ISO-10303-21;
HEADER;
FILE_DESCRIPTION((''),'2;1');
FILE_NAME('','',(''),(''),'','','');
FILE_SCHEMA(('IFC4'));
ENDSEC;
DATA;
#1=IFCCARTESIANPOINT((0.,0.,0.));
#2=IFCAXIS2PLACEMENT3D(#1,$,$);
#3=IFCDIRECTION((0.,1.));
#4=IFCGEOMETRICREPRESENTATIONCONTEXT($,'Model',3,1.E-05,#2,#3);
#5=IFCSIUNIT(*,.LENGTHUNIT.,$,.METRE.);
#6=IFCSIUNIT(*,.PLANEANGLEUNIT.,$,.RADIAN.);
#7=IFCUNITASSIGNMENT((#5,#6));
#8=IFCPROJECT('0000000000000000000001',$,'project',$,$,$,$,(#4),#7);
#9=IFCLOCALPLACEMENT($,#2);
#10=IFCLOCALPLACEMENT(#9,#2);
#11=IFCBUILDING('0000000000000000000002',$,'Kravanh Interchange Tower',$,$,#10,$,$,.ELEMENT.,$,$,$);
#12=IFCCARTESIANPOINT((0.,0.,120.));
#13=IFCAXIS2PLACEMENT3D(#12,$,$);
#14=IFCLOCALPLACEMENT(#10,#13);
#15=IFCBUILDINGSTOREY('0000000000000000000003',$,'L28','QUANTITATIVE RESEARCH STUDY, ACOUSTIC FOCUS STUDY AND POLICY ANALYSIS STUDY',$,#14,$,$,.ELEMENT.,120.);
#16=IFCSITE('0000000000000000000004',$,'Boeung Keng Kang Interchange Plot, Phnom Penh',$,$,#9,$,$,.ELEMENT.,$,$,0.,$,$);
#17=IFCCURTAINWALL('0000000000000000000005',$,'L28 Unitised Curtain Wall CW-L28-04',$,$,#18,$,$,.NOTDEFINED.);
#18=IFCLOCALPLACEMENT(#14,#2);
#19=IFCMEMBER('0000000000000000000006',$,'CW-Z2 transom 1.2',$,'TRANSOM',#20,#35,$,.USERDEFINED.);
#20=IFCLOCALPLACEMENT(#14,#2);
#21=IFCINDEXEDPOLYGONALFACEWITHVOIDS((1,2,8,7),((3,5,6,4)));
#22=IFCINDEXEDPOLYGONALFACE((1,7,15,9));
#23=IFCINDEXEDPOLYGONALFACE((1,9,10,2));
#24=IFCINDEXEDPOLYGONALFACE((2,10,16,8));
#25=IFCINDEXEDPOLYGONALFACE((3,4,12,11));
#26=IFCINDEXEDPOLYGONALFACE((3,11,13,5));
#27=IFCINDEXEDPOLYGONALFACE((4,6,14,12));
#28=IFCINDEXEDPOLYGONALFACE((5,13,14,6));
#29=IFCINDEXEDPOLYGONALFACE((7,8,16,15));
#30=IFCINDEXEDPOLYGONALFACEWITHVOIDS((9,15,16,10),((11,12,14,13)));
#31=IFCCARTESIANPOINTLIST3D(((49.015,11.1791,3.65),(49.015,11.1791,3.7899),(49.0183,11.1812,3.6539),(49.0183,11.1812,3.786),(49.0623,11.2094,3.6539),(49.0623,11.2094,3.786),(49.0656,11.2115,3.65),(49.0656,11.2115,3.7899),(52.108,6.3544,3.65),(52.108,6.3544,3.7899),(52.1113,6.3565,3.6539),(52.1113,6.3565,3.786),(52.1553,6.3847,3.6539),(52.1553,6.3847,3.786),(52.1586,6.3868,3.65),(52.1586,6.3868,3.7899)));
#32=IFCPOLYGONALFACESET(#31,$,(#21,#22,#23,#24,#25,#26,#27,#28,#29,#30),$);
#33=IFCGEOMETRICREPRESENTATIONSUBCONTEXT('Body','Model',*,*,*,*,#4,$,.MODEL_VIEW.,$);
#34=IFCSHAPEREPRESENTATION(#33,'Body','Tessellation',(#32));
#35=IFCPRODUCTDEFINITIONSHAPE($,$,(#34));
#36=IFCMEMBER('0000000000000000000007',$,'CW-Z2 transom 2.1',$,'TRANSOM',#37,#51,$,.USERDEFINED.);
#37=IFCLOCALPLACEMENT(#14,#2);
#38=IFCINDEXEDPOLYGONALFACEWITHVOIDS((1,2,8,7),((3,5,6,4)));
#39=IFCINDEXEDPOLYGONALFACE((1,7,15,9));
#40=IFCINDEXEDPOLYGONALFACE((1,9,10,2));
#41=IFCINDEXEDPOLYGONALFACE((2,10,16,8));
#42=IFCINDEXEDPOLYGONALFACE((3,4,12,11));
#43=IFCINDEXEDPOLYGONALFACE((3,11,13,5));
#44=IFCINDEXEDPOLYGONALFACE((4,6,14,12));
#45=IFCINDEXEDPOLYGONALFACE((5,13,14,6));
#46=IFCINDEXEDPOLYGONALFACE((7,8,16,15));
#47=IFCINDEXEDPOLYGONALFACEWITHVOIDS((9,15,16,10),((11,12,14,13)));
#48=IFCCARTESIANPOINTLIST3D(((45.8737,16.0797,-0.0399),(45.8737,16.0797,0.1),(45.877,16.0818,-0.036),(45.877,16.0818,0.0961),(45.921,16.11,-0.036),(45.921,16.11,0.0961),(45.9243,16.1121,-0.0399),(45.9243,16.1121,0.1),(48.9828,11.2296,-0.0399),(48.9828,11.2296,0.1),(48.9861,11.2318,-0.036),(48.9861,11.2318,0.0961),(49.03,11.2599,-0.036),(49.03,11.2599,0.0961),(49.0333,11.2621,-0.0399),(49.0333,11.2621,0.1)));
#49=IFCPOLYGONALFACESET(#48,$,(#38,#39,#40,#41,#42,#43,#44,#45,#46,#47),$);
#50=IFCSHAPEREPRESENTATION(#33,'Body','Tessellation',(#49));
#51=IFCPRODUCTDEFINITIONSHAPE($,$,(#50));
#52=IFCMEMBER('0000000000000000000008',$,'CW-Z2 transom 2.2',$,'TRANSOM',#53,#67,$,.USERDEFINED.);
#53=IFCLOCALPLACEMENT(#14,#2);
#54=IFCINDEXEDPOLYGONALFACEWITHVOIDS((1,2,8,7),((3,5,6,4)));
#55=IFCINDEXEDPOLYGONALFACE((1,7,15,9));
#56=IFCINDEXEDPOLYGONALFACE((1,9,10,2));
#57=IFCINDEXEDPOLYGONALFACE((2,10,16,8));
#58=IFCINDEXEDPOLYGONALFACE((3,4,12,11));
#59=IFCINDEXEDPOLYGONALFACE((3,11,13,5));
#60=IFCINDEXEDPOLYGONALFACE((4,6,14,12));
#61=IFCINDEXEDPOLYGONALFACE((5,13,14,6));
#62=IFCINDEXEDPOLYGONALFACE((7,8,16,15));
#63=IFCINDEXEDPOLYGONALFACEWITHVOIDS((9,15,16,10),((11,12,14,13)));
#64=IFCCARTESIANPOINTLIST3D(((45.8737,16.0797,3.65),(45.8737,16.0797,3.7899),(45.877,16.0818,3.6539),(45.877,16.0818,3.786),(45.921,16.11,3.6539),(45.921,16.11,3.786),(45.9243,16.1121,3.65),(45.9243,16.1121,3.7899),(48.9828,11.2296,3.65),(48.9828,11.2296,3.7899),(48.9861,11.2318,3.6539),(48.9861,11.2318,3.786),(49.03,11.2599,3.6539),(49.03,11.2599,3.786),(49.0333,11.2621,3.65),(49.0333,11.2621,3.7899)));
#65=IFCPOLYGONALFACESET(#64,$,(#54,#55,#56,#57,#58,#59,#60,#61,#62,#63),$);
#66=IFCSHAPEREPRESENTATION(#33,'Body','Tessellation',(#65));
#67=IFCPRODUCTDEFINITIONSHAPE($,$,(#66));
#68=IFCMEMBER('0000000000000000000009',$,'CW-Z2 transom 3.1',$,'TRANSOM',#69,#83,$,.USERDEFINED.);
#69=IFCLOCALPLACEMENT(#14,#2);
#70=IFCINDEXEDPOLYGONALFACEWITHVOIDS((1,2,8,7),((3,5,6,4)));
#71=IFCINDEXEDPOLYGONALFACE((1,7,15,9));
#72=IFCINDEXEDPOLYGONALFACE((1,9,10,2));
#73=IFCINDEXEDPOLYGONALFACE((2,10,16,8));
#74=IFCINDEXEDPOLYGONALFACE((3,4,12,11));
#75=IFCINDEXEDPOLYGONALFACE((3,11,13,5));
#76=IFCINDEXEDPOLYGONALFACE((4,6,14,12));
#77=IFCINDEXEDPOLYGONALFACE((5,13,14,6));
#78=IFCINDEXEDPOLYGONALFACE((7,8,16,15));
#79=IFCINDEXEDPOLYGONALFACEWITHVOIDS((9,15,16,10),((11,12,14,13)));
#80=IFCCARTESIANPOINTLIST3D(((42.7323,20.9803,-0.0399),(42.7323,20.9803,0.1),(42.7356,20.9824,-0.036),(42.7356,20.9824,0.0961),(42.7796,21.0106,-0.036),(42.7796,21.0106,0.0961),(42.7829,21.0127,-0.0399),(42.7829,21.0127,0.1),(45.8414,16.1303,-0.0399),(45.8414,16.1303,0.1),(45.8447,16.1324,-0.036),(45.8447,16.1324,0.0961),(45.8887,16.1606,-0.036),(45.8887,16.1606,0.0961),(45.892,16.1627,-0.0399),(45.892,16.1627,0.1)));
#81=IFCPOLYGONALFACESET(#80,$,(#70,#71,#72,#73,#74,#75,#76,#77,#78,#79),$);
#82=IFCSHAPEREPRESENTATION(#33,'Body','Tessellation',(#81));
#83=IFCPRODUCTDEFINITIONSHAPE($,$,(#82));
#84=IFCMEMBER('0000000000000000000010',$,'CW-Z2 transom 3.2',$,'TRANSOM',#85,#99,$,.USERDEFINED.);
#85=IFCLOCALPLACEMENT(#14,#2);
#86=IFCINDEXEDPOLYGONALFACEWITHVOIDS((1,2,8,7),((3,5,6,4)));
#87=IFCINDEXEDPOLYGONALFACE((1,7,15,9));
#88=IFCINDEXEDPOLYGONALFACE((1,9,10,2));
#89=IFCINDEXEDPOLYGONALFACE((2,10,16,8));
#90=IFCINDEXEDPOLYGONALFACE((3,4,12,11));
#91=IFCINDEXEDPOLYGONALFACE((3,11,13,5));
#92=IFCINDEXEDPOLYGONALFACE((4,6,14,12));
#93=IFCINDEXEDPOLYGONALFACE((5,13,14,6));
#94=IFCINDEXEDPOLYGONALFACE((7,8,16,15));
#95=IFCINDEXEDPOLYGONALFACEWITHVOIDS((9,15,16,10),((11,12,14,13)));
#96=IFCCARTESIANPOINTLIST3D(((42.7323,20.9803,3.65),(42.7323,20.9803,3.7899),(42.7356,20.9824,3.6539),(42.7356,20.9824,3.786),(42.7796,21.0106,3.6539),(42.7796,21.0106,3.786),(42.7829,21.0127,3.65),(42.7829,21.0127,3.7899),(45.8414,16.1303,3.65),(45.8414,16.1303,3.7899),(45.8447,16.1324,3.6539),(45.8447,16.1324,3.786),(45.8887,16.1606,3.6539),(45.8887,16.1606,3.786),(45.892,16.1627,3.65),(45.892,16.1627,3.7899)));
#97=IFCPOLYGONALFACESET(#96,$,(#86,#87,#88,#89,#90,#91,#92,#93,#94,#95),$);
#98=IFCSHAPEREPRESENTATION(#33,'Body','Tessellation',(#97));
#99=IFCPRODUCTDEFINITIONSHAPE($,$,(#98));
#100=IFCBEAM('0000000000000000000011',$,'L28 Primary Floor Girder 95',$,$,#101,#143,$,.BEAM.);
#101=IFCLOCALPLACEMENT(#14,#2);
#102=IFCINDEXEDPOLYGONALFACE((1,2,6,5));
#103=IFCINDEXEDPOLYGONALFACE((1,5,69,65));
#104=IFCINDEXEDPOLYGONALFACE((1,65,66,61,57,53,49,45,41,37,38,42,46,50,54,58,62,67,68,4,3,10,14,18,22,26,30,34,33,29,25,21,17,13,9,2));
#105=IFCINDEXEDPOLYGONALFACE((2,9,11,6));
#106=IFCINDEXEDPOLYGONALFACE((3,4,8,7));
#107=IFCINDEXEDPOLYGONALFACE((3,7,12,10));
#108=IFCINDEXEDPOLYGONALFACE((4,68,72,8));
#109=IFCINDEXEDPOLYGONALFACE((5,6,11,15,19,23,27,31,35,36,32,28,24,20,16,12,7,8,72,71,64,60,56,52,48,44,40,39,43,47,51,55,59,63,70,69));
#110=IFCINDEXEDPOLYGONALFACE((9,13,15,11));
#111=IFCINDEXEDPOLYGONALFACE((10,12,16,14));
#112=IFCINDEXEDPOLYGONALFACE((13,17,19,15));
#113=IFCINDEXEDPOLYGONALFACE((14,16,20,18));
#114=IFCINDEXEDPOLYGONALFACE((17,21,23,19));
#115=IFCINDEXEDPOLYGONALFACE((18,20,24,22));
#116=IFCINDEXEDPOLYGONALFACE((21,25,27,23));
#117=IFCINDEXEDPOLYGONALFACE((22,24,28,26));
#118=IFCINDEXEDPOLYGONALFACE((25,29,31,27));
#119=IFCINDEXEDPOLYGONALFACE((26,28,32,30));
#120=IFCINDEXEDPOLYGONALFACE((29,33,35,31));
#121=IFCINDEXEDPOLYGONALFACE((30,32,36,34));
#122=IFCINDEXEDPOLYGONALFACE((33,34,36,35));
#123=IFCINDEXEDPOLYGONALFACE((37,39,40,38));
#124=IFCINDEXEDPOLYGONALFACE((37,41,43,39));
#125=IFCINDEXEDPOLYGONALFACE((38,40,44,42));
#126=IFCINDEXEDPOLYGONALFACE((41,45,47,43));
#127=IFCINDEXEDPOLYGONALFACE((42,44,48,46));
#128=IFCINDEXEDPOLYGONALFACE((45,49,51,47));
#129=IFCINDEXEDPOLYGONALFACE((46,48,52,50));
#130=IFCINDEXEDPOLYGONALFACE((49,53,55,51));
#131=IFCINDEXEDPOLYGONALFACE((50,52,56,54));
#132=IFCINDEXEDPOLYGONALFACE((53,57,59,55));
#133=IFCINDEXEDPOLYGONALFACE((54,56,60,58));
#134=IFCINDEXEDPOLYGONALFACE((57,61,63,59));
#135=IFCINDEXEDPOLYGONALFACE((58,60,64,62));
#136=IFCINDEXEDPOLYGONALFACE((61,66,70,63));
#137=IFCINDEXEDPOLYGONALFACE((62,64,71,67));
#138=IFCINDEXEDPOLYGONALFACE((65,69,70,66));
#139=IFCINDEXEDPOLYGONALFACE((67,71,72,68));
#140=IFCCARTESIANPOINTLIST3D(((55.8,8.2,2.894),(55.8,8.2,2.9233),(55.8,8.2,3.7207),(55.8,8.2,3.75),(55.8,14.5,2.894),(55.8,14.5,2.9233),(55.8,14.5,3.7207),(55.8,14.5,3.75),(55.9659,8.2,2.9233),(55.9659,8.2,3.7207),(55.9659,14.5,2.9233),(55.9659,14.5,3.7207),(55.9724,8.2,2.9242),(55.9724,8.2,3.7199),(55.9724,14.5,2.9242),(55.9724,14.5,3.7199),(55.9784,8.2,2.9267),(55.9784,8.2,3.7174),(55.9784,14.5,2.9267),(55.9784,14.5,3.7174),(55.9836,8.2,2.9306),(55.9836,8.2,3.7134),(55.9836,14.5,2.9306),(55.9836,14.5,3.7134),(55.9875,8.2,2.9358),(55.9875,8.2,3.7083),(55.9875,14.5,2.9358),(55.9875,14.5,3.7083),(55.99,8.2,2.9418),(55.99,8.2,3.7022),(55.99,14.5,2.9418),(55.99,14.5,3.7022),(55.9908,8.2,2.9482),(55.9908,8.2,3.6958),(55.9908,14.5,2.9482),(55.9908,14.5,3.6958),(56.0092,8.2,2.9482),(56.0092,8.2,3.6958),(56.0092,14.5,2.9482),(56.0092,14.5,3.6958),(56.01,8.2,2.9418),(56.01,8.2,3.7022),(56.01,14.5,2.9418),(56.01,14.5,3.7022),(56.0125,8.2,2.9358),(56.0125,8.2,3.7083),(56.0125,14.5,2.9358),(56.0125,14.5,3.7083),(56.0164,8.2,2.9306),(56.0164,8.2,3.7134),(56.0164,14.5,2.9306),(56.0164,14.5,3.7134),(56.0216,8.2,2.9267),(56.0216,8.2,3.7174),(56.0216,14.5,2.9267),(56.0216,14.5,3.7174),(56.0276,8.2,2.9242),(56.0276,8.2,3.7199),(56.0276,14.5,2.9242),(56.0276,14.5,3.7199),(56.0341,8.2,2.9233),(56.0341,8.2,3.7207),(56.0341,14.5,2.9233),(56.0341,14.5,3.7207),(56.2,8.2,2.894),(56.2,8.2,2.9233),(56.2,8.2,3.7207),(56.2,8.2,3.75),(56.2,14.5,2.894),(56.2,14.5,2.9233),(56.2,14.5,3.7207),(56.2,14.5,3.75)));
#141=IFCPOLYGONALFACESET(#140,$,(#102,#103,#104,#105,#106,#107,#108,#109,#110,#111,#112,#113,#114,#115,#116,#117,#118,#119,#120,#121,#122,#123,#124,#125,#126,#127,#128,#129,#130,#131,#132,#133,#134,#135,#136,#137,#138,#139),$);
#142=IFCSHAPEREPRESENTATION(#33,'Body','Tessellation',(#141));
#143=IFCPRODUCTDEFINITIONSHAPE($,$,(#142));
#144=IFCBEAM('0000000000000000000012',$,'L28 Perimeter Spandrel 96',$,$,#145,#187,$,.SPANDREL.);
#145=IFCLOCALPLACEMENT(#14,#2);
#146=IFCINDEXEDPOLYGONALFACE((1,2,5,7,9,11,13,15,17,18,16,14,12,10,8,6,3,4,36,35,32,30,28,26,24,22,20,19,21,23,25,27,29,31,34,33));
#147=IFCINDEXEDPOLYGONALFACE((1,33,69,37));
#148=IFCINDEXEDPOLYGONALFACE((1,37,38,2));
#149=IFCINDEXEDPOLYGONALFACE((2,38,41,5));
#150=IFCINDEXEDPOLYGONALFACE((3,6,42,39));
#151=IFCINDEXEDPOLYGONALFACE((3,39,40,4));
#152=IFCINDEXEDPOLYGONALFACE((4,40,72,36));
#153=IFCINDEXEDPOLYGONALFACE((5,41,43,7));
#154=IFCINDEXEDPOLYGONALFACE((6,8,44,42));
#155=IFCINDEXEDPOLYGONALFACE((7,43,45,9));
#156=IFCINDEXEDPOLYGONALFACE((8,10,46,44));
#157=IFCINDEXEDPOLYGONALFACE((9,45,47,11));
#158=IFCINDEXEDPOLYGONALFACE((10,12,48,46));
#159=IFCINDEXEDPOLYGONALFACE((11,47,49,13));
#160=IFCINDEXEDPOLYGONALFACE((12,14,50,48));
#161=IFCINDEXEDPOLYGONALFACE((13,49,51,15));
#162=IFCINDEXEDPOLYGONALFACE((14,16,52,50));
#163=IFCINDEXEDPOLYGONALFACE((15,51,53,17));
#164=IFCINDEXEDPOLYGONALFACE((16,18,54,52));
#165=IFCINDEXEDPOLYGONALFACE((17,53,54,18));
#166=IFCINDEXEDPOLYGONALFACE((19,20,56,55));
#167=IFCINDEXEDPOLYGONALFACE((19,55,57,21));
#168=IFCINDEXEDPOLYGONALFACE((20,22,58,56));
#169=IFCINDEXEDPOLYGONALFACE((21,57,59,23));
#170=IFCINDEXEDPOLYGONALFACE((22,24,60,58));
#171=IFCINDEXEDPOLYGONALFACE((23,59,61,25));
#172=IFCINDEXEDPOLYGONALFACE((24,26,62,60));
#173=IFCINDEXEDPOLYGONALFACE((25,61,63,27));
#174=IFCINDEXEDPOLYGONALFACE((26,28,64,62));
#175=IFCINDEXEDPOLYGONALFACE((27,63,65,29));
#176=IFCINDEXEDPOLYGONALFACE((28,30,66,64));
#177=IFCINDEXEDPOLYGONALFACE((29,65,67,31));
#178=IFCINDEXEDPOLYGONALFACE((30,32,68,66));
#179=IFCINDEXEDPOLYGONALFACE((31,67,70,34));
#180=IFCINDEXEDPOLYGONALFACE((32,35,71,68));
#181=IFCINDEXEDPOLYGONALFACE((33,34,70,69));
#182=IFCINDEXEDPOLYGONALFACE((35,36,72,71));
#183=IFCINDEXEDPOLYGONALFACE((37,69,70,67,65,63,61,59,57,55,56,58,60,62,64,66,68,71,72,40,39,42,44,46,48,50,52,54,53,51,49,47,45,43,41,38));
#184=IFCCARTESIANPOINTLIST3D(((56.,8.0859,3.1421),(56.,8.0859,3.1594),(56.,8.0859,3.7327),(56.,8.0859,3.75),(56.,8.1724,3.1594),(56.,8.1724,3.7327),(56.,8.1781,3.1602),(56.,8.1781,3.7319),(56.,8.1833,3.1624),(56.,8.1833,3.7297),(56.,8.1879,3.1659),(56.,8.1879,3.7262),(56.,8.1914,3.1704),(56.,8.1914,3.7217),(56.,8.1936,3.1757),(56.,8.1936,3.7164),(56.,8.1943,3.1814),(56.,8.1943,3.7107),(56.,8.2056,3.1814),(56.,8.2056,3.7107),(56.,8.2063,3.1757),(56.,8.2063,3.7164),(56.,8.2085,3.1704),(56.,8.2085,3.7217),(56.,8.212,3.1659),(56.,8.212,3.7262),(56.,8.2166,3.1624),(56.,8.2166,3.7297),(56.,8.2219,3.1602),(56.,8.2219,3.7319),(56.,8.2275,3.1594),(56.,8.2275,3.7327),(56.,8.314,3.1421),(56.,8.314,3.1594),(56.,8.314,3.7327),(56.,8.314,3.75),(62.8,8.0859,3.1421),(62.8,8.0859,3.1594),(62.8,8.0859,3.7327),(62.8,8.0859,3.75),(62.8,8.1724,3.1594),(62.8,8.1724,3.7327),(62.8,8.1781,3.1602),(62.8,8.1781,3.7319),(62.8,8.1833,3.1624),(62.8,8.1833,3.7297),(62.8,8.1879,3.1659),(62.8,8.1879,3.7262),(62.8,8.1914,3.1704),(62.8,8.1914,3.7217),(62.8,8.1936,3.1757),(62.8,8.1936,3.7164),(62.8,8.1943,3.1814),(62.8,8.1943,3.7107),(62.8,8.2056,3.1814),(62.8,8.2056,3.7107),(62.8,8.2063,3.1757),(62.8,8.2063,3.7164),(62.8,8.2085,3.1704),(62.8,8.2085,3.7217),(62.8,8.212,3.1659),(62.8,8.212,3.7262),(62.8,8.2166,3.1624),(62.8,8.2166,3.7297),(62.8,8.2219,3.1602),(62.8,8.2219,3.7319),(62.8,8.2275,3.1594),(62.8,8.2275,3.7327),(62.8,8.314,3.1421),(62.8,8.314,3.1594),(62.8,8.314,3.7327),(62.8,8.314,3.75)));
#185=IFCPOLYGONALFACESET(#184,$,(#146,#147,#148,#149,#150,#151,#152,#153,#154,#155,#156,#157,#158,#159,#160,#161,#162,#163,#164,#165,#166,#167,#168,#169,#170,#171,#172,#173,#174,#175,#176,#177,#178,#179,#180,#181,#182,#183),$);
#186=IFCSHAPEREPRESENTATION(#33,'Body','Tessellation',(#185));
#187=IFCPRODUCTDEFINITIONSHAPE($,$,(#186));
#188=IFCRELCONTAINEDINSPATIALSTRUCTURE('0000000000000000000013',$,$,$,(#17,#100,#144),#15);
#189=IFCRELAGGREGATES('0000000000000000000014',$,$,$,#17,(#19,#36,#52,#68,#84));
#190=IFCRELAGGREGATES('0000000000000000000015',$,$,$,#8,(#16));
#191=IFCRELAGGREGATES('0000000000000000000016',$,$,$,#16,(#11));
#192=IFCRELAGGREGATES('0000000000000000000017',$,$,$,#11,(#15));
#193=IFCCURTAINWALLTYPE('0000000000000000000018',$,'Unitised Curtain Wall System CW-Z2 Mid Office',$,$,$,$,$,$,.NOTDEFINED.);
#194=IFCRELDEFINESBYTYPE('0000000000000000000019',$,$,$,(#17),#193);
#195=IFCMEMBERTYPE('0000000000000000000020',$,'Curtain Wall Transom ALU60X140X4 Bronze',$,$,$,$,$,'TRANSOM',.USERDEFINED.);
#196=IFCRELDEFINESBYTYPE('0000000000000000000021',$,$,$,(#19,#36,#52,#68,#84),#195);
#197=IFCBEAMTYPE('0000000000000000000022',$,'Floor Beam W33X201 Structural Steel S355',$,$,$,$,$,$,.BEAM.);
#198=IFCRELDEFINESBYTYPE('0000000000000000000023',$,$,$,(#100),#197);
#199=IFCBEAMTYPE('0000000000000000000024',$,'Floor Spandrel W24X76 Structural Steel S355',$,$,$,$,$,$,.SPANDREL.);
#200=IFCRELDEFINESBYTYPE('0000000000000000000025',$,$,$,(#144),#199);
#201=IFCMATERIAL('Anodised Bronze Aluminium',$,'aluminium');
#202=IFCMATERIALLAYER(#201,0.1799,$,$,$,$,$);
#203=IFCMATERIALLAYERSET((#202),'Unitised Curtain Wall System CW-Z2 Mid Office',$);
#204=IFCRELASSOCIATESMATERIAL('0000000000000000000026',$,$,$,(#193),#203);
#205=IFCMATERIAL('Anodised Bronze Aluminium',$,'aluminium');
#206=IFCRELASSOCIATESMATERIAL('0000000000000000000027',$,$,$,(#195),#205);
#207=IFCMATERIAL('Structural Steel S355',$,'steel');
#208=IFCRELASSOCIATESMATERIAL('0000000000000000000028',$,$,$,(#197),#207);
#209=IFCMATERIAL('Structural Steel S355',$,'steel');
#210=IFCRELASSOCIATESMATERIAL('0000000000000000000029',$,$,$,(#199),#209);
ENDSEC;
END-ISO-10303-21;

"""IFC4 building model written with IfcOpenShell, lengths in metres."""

from ifc_helpers import new_model, si_unit, direction, frame, origin, origin_2d, place, context, subcontext, project, spatial, hollow_rectangle, i_section, extrude, material, layer, layer_set, material_profile, profile_set, type_object, element, aggregate, save


model = new_model("IFC4")

# Units and contexts
model_context = context("Model", 3, precision=1e-05, world=origin(), true_north=direction((0.0, 1.0)))
body_context = subcontext(model_context, "Body", "Model", "MODEL_VIEW")
ifc_project = project(units=[si_unit("LENGTHUNIT", "METRE"), si_unit("PLANEANGLEUNIT", "RADIAN")], contexts=[model_context])

# Site, building, storey
site_placement = place(None, origin())
site = spatial("IfcSite", under=ifc_project, at=site_placement, Name="Boeung Keng Kang Interchange Plot, Phnom Penh", CompositionType="ELEMENT", RefElevation=0.0)
building_placement = place(site_placement, origin())
building = spatial("IfcBuilding", under=site, at=building_placement, Name="Kravanh Interchange Tower", CompositionType="ELEMENT")
storey_placement = place(building_placement, frame((0.0, 0.0, 120.0)))
storey = spatial("IfcBuildingStorey", under=building, at=storey_placement, Name="L28", Description="QUANTITATIVE RESEARCH STUDY, ACOUSTIC FOCUS STUDY AND POLICY ANALYSIS STUDY", CompositionType="ELEMENT", Elevation=120.0)

# Shared definitions
ifc_material_1 = material(Name="Anodised Bronze Aluminium", Category="aluminium")
ifc_layer_1 = layer(ifc_material_1, 0.1799)
ifc_layer_set_1 = layer_set([ifc_layer_1], Name="Unitised Curtain Wall System CW-Z2 Mid Office")
curtain_wall_type = type_object("IfcCurtainWallType", Name="Unitised Curtain Wall System CW-Z2 Mid Office", PredefinedType="NOTDEFINED", material=ifc_layer_set_1)

# Curtain wall, members
curtain_wall_1_placement = place(storey_placement, origin())
curtain_wall_1 = element("IfcCurtainWall", 1, at=curtain_wall_1_placement, inside=storey, type_object=curtain_wall_type, Name="L28 Unitised Curtain Wall CW-L28-04", PredefinedType="NOTDEFINED")
ifc_material_2 = material(Name="Anodised Bronze Aluminium", Category="aluminium")
ifc_material_profile_1 = material_profile(ifc_material_2, hollow_rectangle(XDim=0.0601, YDim=0.1399, WallThickness=0.0039, at=origin_2d()), Name="ALU60X140X4")
ifc_profile_set_1 = profile_set([ifc_material_profile_1], Name="Anodised Bronze Aluminium")
member_type_1 = type_object("IfcMemberType", Name="Curtain Wall Transom ALU60X140X4 Bronze", ElementType="TRANSOM", PredefinedType="USERDEFINED", material=ifc_profile_set_1)
member_1_placement = place(storey_placement, frame((52.1333, 6.3706, 3.72), z_axis=(-0.539698, 0.841859, 0.0), x_axis=(-0.841859, -0.539698, 0.0)))
member_1 = element("IfcMember", 2, at=member_1_placement, type_object=member_type_1, Name="CW-Z2 transom 1.2", ObjectType="TRANSOM", PredefinedType="USERDEFINED", context=body_context, shape_type="SweptSolid", body=[
    extrude(hollow_rectangle(XDim=0.0601, YDim=0.1399, WallThickness=0.0039, at=origin_2d()), origin(), (0.0, 0.0, 1.0), 5.731),
])
member_2_placement = place(storey_placement, frame((49.0081, 11.2458, 0.03), z_axis=(-0.539678, 0.841872, 0.0), x_axis=(-0.841872, -0.539678, 0.0)))
member_2 = element("IfcMember", 3, at=member_2_placement, type_object=member_type_1, Name="CW-Z2 transom 2.1", ObjectType="TRANSOM", PredefinedType="USERDEFINED", context=body_context, shape_type="SweptSolid", body=[
    extrude(hollow_rectangle(XDim=0.0601, YDim=0.1399, WallThickness=0.0039, at=origin_2d()), origin(), (0.0, 0.0, 1.0), 5.761),
])
member_3_placement = place(storey_placement, frame((49.0081, 11.2458, 3.72), z_axis=(-0.539678, 0.841872, 0.0), x_axis=(-0.841872, -0.539678, 0.0)))
member_3 = element("IfcMember", 4, at=member_3_placement, type_object=member_type_1, Name="CW-Z2 transom 2.2", ObjectType="TRANSOM", PredefinedType="USERDEFINED", context=body_context, shape_type="SweptSolid", body=[
    extrude(hollow_rectangle(XDim=0.0601, YDim=0.1399, WallThickness=0.0039, at=origin_2d()), origin(), (0.0, 0.0, 1.0), 5.761),
])
member_4_placement = place(storey_placement, frame((45.8667, 16.1465, 0.03), z_axis=(-0.539678, 0.841872, 0.0), x_axis=(-0.841872, -0.539678, 0.0)))
member_4 = element("IfcMember", 5, at=member_4_placement, type_object=member_type_1, Name="CW-Z2 transom 3.1", ObjectType="TRANSOM", PredefinedType="USERDEFINED", context=body_context, shape_type="SweptSolid", body=[
    extrude(hollow_rectangle(XDim=0.0601, YDim=0.1399, WallThickness=0.0039, at=origin_2d()), origin(), (0.0, 0.0, 1.0), 5.761),
])
member_5_placement = place(storey_placement, frame((45.8667, 16.1465, 3.72), z_axis=(-0.539678, 0.841872, 0.0), x_axis=(-0.841872, -0.539678, 0.0)))
member_5 = element("IfcMember", 6, at=member_5_placement, type_object=member_type_1, Name="CW-Z2 transom 3.2", ObjectType="TRANSOM", PredefinedType="USERDEFINED", context=body_context, shape_type="SweptSolid", body=[
    extrude(hollow_rectangle(XDim=0.0601, YDim=0.1399, WallThickness=0.0039, at=origin_2d()), origin(), (0.0, 0.0, 1.0), 5.761),
])

# Beams
ifc_material_3 = material(Name="Structural Steel S355", Category="steel")
ifc_material_profile_2 = material_profile(ifc_material_3, i_section(OverallWidth=0.3999, OverallDepth=0.856, WebThickness=0.0183, FlangeThickness=0.0293, FilletRadius=0.0249, at=origin_2d()), Name="W33X201")
ifc_profile_set_2 = profile_set([ifc_material_profile_2], Name="Structural Steel S355")
beam_type_1 = type_object("IfcBeamType", Name="Floor Beam W33X201 Structural Steel S355", PredefinedType="BEAM", material=ifc_profile_set_2)
beam_1_placement = place(storey_placement, frame((56.0, 8.2, 3.322), z_axis=(0.0, 1.0, 0.0), x_axis=(-1.0, 0.0, 0.0)))
element("IfcBeam", 7, at=beam_1_placement, inside=storey, type_object=beam_type_1, Name="L28 Primary Floor Girder 95", PredefinedType="BEAM", context=body_context, shape_type="SweptSolid", body=[
    extrude(i_section(OverallWidth=0.3999, OverallDepth=0.856, WebThickness=0.0183, FlangeThickness=0.0293, FilletRadius=0.0249, at=origin_2d()), origin(), (0.0, 0.0, 1.0), 6.3),
])
ifc_material_4 = material(Name="Structural Steel S355", Category="steel")
ifc_material_profile_3 = material_profile(ifc_material_4, i_section(OverallWidth=0.228, OverallDepth=0.6079, WebThickness=0.0112, FlangeThickness=0.0173, FilletRadius=0.022, at=origin_2d()), Name="W24X76")
ifc_profile_set_3 = profile_set([ifc_material_profile_3], Name="Structural Steel S355")
beam_type_2 = type_object("IfcBeamType", Name="Floor Spandrel W24X76 Structural Steel S355", PredefinedType="SPANDREL", material=ifc_profile_set_3)
beam_2_placement = place(storey_placement, frame((56.0, 8.2, 3.446), z_axis=(1.0, 0.0, 0.0), x_axis=(0.0, 1.0, 0.0)))
element("IfcBeam", 8, at=beam_2_placement, inside=storey, type_object=beam_type_2, Name="L28 Perimeter Spandrel 96", PredefinedType="SPANDREL", context=body_context, shape_type="SweptSolid", body=[
    extrude(i_section(OverallWidth=0.228, OverallDepth=0.6079, WebThickness=0.0112, FlangeThickness=0.0173, FilletRadius=0.022, at=origin_2d()), origin(), (0.0, 0.0, 1.0), 6.8),
])

aggregate(curtain_wall_1, [member_1, member_2, member_3, member_4, member_5])

save(model, "model.ifc")
